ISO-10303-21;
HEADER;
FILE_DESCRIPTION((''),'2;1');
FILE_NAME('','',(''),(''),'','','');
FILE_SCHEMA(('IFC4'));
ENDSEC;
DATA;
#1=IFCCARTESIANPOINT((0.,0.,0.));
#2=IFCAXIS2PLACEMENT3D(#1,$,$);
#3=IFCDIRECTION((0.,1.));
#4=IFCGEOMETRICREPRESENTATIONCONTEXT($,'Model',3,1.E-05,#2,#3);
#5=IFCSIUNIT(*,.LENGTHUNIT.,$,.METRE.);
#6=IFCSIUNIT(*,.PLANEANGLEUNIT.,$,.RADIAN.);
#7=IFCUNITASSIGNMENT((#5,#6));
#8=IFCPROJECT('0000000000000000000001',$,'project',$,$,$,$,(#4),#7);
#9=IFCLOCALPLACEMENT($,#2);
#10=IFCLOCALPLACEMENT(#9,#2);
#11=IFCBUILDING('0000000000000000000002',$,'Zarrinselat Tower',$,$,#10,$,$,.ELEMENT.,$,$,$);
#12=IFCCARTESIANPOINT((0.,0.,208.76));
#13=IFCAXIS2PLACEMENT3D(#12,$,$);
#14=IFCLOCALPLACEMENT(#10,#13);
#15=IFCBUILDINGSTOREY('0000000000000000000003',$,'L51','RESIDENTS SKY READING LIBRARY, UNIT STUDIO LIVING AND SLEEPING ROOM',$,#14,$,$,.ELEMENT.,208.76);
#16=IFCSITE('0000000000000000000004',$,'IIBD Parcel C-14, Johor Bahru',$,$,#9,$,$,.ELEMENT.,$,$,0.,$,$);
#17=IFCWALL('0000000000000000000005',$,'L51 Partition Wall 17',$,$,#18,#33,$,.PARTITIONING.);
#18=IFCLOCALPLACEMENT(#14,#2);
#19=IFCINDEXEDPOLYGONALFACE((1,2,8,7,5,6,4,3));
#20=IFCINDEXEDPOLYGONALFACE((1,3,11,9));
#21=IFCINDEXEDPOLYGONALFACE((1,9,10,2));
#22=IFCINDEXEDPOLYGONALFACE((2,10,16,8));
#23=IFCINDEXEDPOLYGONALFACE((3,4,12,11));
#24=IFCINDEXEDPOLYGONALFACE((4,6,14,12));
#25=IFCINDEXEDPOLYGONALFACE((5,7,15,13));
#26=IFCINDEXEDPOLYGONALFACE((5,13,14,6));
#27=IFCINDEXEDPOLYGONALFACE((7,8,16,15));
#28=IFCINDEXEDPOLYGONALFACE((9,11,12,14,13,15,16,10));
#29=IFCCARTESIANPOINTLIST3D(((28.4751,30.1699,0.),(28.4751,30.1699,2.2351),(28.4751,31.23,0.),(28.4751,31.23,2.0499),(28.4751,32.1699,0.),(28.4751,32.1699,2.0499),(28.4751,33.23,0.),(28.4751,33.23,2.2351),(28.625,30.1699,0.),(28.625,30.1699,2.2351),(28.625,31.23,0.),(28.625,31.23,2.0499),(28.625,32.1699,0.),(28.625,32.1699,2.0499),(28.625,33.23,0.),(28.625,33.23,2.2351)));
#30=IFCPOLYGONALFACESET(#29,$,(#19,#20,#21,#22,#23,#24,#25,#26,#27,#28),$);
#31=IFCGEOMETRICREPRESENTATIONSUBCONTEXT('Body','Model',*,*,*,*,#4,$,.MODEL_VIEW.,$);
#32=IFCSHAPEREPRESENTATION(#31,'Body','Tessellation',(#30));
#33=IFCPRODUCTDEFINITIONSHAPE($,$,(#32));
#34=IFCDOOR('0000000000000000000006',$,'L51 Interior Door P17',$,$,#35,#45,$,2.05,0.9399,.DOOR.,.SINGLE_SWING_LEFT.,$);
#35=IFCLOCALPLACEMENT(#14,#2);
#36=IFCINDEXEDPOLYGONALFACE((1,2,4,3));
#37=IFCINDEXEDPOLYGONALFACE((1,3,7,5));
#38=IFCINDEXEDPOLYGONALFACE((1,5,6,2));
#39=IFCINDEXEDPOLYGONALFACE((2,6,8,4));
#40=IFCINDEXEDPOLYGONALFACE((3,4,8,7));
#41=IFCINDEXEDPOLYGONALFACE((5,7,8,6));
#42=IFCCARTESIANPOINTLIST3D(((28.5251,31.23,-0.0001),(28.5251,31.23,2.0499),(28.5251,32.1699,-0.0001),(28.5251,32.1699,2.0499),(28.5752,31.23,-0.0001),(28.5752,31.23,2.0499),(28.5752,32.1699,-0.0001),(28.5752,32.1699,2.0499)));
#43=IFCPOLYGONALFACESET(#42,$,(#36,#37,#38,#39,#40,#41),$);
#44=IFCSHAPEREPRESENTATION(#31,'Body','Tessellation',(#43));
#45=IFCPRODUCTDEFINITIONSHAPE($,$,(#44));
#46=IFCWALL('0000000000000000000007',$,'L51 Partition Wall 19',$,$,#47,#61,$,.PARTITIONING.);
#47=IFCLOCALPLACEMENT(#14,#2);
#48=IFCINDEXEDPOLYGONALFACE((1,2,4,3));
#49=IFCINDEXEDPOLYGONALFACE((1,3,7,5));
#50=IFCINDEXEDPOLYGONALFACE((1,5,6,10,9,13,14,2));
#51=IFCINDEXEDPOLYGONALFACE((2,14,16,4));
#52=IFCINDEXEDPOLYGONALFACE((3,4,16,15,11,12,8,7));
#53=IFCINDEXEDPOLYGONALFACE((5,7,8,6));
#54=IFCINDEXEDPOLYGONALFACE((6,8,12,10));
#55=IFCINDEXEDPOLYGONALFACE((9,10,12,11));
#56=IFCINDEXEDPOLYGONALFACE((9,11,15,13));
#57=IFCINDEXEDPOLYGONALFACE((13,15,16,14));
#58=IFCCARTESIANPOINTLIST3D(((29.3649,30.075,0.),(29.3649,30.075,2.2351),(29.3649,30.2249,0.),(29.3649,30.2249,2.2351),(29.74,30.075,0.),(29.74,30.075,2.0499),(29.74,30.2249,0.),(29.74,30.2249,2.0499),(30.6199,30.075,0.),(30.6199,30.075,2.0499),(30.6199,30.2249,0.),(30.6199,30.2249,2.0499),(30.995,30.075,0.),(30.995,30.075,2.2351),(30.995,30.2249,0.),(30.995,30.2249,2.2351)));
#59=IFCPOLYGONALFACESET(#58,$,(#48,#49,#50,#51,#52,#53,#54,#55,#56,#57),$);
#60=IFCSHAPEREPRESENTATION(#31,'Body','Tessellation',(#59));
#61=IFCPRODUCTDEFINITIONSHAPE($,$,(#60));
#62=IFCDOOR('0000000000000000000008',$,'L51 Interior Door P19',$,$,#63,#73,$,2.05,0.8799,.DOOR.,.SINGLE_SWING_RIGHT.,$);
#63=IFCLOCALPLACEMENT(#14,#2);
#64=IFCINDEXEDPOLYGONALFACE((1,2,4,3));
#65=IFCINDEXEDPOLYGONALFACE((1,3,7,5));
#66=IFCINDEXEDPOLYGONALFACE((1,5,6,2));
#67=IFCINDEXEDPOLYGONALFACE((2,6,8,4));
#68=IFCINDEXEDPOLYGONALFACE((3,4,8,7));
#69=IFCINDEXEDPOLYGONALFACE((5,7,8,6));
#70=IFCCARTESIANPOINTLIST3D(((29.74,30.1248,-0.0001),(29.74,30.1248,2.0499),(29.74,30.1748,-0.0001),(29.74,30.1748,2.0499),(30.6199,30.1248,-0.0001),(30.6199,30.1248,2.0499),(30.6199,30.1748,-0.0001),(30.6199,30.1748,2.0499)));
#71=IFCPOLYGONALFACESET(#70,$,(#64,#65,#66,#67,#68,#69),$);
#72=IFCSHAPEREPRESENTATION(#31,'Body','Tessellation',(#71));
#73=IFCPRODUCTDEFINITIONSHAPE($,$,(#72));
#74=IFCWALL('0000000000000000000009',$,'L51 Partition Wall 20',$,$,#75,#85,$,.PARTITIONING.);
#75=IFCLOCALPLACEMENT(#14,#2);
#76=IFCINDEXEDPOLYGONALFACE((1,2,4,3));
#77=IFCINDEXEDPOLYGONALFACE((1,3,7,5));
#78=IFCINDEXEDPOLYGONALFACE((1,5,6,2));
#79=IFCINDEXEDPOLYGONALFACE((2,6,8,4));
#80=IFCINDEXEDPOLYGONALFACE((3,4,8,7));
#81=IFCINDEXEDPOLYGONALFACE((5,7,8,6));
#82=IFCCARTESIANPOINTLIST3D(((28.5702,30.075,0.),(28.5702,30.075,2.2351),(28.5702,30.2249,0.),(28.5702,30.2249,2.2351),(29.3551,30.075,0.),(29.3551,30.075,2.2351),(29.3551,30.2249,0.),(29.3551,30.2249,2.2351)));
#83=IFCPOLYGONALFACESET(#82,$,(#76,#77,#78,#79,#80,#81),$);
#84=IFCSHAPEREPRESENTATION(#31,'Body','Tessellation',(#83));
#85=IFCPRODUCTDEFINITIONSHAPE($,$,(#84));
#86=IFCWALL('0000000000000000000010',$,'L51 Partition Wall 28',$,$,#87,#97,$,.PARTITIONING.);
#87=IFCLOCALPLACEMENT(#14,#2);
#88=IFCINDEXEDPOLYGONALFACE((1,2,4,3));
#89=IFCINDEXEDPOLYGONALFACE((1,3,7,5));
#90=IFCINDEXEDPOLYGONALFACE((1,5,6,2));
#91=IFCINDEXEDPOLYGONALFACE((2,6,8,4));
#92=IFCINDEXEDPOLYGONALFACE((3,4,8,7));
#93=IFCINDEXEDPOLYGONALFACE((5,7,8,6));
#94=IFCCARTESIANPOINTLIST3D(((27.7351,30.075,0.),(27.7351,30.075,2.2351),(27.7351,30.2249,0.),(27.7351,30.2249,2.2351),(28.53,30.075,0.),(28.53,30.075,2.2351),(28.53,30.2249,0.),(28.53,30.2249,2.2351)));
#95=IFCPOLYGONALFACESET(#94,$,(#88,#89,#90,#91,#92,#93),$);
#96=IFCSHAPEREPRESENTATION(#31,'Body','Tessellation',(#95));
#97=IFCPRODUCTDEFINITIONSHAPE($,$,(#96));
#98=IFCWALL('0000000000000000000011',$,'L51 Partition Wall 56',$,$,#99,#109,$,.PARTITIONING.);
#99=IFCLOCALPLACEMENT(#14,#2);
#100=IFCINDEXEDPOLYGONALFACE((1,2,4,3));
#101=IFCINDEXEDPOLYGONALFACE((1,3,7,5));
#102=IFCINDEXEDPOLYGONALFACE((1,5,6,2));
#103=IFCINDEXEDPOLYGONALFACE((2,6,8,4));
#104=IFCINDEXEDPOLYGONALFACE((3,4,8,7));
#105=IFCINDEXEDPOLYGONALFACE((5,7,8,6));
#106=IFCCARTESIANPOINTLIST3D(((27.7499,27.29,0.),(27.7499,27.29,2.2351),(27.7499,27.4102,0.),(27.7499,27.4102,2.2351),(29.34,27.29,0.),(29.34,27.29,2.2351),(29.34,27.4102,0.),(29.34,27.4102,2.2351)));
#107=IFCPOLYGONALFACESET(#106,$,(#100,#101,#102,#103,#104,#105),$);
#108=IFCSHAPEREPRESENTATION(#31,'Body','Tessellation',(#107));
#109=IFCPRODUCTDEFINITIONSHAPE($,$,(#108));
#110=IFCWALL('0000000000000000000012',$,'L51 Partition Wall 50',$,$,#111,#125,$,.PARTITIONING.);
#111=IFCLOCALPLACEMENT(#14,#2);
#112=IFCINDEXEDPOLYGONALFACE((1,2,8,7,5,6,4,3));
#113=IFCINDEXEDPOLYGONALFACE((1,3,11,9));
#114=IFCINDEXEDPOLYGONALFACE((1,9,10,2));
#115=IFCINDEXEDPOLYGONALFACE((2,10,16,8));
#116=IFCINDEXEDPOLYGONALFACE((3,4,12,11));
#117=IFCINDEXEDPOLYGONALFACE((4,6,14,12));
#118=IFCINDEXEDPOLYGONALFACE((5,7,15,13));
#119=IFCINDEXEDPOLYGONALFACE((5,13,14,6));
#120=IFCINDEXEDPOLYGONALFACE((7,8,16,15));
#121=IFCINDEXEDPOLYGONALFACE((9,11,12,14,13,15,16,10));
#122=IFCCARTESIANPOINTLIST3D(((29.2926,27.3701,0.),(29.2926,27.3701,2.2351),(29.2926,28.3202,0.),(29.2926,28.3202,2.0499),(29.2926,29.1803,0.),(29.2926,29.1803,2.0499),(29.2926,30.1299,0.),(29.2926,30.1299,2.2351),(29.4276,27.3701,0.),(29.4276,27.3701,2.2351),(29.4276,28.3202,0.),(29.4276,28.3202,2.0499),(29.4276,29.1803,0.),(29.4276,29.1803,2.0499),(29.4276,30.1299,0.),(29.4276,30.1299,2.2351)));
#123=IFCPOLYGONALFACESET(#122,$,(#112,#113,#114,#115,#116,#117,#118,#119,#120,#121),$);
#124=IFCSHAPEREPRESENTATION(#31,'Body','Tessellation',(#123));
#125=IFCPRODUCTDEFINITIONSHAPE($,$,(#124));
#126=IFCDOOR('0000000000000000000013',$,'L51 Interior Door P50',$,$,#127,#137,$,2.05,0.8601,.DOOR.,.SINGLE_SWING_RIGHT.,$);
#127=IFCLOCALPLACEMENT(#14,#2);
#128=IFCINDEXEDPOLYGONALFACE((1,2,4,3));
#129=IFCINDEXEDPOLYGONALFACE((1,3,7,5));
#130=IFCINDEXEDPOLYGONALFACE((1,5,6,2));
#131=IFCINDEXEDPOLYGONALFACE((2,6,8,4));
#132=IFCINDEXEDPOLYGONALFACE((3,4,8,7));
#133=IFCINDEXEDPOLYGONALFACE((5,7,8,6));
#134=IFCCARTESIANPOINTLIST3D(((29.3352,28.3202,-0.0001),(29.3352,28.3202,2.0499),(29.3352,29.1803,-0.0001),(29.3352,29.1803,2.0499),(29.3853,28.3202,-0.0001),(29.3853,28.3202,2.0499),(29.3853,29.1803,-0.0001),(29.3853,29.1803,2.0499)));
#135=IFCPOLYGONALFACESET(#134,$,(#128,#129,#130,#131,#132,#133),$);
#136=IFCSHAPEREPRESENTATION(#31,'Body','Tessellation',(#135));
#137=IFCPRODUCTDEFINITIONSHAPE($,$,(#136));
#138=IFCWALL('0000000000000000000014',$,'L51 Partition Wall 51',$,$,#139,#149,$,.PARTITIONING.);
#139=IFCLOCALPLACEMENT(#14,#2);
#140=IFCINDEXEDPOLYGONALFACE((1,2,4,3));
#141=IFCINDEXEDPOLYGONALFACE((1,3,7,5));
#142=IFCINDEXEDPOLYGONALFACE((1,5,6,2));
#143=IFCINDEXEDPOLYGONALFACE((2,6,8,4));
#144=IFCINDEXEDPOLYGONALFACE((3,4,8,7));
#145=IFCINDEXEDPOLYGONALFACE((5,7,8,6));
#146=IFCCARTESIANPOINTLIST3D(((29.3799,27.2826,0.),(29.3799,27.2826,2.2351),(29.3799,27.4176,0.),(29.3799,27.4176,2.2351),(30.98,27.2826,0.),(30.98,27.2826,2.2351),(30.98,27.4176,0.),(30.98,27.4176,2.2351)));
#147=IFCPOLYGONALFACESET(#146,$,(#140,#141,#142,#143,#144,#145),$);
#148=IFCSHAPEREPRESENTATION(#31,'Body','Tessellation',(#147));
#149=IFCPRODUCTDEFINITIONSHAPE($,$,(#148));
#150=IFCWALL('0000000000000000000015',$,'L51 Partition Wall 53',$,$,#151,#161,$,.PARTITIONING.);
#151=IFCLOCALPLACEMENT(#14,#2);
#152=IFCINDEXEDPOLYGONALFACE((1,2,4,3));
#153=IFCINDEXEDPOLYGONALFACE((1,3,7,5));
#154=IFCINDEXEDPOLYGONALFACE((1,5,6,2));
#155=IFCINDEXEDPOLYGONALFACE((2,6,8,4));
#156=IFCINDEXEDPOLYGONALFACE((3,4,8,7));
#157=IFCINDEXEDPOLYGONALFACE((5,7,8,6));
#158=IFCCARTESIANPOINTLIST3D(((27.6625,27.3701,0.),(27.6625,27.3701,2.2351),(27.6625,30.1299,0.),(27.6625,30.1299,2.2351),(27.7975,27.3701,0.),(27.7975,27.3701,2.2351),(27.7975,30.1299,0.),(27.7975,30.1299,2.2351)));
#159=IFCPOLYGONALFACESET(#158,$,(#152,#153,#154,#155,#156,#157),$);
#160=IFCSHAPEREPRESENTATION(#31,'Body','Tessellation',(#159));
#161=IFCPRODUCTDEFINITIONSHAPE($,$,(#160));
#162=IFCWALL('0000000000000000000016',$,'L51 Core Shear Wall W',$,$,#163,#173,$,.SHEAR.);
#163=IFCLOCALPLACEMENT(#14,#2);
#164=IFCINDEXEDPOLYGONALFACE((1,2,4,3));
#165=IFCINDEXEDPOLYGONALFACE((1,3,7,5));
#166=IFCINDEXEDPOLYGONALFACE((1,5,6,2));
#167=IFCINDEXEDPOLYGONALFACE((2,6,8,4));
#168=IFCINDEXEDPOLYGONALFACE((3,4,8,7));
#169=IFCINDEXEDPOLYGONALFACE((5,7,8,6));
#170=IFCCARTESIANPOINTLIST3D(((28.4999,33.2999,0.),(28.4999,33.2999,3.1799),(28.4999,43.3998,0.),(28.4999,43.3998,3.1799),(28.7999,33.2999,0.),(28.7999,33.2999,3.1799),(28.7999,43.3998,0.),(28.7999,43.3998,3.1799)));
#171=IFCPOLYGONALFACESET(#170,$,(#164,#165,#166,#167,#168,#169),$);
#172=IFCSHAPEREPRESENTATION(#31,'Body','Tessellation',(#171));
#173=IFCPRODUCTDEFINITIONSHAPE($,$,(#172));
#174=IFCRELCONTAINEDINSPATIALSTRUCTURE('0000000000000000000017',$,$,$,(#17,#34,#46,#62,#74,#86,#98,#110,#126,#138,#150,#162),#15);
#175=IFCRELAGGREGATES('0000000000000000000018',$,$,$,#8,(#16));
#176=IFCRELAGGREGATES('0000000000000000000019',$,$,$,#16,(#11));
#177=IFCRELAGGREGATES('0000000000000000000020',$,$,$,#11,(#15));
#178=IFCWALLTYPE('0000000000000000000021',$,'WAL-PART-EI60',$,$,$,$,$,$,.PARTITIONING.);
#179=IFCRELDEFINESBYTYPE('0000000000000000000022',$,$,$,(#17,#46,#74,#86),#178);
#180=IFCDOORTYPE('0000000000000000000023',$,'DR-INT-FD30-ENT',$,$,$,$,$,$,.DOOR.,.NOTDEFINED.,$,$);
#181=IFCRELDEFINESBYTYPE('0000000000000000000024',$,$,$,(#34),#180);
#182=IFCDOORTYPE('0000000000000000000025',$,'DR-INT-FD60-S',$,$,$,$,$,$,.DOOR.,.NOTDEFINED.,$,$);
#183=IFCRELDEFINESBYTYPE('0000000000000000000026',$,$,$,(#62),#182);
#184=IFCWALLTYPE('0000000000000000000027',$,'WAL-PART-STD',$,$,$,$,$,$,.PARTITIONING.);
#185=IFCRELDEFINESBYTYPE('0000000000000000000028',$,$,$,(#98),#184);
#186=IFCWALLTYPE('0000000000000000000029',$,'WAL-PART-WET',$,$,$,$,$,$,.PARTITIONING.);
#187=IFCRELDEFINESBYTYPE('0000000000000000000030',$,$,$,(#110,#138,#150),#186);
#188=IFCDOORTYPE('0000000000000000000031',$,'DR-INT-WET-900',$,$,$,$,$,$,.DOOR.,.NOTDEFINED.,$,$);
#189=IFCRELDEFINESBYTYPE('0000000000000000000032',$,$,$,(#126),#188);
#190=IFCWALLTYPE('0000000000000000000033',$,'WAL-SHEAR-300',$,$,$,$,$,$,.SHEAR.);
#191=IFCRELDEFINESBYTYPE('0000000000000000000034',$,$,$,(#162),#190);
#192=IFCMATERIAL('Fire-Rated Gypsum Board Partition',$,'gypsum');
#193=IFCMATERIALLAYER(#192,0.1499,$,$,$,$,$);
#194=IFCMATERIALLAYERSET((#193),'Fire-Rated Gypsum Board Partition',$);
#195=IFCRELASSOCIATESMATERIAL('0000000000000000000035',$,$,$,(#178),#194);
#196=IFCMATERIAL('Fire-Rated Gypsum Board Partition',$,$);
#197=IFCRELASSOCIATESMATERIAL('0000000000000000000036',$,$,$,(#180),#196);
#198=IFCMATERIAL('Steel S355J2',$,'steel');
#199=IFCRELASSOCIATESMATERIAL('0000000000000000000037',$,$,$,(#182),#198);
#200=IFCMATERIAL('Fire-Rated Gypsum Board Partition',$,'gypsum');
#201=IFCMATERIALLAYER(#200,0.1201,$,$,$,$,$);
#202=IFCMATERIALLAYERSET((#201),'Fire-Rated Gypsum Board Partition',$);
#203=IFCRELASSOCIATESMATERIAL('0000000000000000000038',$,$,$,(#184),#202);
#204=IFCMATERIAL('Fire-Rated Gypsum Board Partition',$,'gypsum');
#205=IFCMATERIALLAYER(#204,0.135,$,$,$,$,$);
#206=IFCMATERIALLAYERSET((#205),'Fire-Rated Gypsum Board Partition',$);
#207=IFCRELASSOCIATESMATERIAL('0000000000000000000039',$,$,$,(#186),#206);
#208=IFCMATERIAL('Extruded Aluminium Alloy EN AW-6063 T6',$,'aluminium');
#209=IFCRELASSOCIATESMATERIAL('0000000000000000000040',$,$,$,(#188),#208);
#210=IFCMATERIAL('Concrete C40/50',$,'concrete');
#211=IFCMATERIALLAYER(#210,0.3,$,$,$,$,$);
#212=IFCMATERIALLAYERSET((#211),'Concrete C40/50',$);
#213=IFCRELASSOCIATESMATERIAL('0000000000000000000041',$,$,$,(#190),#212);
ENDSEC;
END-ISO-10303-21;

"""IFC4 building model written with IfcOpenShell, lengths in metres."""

from ifc_helpers import new_model, si_unit, direction, frame, frame_2d, origin, place, context, subcontext, project, spatial, rectangle, extrude, material, layer, layer_set, type_object, element, fill, save


model = new_model("IFC4")

# Units and contexts
model_context = context("Model", 3, precision=1e-05, world=origin(), true_north=direction((0.0, 1.0)))
body_context = subcontext(model_context, "Body", "Model", "MODEL_VIEW")
ifc_project = project(units=[si_unit("LENGTHUNIT", "METRE"), si_unit("PLANEANGLEUNIT", "RADIAN")], contexts=[model_context])

# Site, building, storey
site_placement = place(None, origin())
site = spatial("IfcSite", under=ifc_project, at=site_placement, Name="IIBD Parcel C-14, Johor Bahru", CompositionType="ELEMENT", RefElevation=0.0)
building_placement = place(site_placement, origin())
building = spatial("IfcBuilding", under=site, at=building_placement, Name="Zarrinselat Tower", CompositionType="ELEMENT")
storey_placement = place(building_placement, frame((0.0, 0.0, 208.76)))
storey = spatial("IfcBuildingStorey", under=building, at=storey_placement, Name="L51", Description="RESIDENTS SKY READING LIBRARY, UNIT STUDIO LIVING AND SLEEPING ROOM", CompositionType="ELEMENT", Elevation=208.76)

# Walls, openings, doors
ifc_material_1 = material(Name="Fire-Rated Gypsum Board Partition", Category="gypsum")
ifc_layer_1 = layer(ifc_material_1, 0.1499)
ifc_layer_set_1 = layer_set([ifc_layer_1], Name="Fire-Rated Gypsum Board Partition")
wall_type_1 = type_object("IfcWallType", Name="WAL-PART-EI60", PredefinedType="PARTITIONING", material=ifc_layer_set_1)
wall_1_placement = place(storey_placement, frame((28.55, 30.1699, 0.0), z_axis=(0.0, 0.0, 1.0), x_axis=(0.0, 1.0, 0.0)))
wall_1 = element("IfcWall", 1, at=wall_1_placement, inside=storey, type_object=wall_type_1, Name="L51 Partition Wall 17", PredefinedType="PARTITIONING", context=body_context, shape_type="SweptSolid", body=[
    extrude(rectangle(XDim=3.0601, YDim=0.1499, at=frame_2d((1.53, 0.0))), origin(), (0.0, 0.0, 1.0), 2.2351),
])
opening_1_placement = place(wall_1_placement, frame((1.0601, 0.0, 0.0)))
opening_1 = element("IfcOpeningElement", 2, at=opening_1_placement, cuts=wall_1, PredefinedType="OPENING", context=body_context, shape_type="SweptSolid", body=[
    extrude(rectangle(XDim=0.9399, YDim=2.05, at=frame_2d((0.47, 1.0249))), frame((0.0, 0.085, 0.0), z_axis=(0.0, -1.0, 0.0), x_axis=(1.0, 0.0, 0.0)), (0.0, 0.0, 1.0), 0.1699),
])
ifc_material_2 = material(Name="Fire-Rated Gypsum Board Partition")
door_type_1 = type_object("IfcDoorType", Name="DR-INT-FD30-ENT", OperationType="NOTDEFINED", PredefinedType="DOOR", material=ifc_material_2)
door_1_placement = place(opening_1_placement, origin())
door_1 = element("IfcDoor", 3, at=door_1_placement, inside=storey, type_object=door_type_1, Name="L51 Interior Door P17", OperationType="SINGLE_SWING_LEFT", OverallHeight=2.05, OverallWidth=0.9399, PredefinedType="DOOR", context=body_context, shape_type="SweptSolid", body=[
    extrude(rectangle(XDim=0.9399, YDim=2.05, at=frame_2d((0.47, 1.0249))), frame((0.0, 0.0249, 0.0), z_axis=(0.0, -1.0, 0.0), x_axis=(1.0, 0.0, 0.0)), (0.0, 0.0, 1.0), 0.05),
])
fill(opening_1, door_1)
wall_2_placement = place(storey_placement, frame((29.365, 30.1499, 0.0), z_axis=(0.0, 0.0, 1.0), x_axis=(1.0, 0.0, 0.0)))
wall_2 = element("IfcWall", 4, at=wall_2_placement, inside=storey, type_object=wall_type_1, Name="L51 Partition Wall 19", PredefinedType="PARTITIONING", context=body_context, shape_type="SweptSolid", body=[
    extrude(rectangle(XDim=1.6301, YDim=0.1499, at=frame_2d((0.8149, 0.0))), origin(), (0.0, 0.0, 1.0), 2.2351),
])
opening_2_placement = place(wall_2_placement, frame((0.375, 0.0, 0.0)))
opening_2 = element("IfcOpeningElement", 5, at=opening_2_placement, cuts=wall_2, PredefinedType="OPENING", context=body_context, shape_type="SweptSolid", body=[
    extrude(rectangle(XDim=0.8799, YDim=2.05, at=frame_2d((0.4399, 1.0249))), frame((0.0, 0.085, 0.0), z_axis=(0.0, -1.0, 0.0), x_axis=(1.0, 0.0, 0.0)), (0.0, 0.0, 1.0), 0.1699),
])
ifc_material_3 = material(Name="Steel S355J2", Category="steel")
door_type_2 = type_object("IfcDoorType", Name="DR-INT-FD60-S", OperationType="NOTDEFINED", PredefinedType="DOOR", material=ifc_material_3)
door_2_placement = place(opening_2_placement, origin())
door_2 = element("IfcDoor", 6, at=door_2_placement, inside=storey, type_object=door_type_2, Name="L51 Interior Door P19", OperationType="SINGLE_SWING_RIGHT", OverallHeight=2.05, OverallWidth=0.8799, PredefinedType="DOOR", context=body_context, shape_type="SweptSolid", body=[
    extrude(rectangle(XDim=0.8799, YDim=2.05, at=frame_2d((0.4399, 1.0249))), frame((0.0, 0.0249, 0.0), z_axis=(0.0, -1.0, 0.0), x_axis=(1.0, 0.0, 0.0)), (0.0, 0.0, 1.0), 0.05),
])
fill(opening_2, door_2)

# Walls
wall_3_placement = place(storey_placement, frame((28.5701, 30.1499, 0.0), z_axis=(0.0, 0.0, 1.0), x_axis=(1.0, 0.0, 0.0)))
element("IfcWall", 7, at=wall_3_placement, inside=storey, type_object=wall_type_1, Name="L51 Partition Wall 20", PredefinedType="PARTITIONING", context=body_context, shape_type="SweptSolid", body=[
    extrude(rectangle(XDim=0.7849, YDim=0.1499, at=frame_2d((0.3926, 0.0))), origin(), (0.0, 0.0, 1.0), 2.2351),
])
wall_4_placement = place(storey_placement, frame((27.7351, 30.1499, 0.0), z_axis=(0.0, 0.0, 1.0), x_axis=(1.0, 0.0, 0.0)))
element("IfcWall", 8, at=wall_4_placement, inside=storey, type_object=wall_type_1, Name="L51 Partition Wall 28", PredefinedType="PARTITIONING", context=body_context, shape_type="SweptSolid", body=[
    extrude(rectangle(XDim=0.7949, YDim=0.1499, at=frame_2d((0.3975, 0.0))), origin(), (0.0, 0.0, 1.0), 2.2351),
])
ifc_material_4 = material(Name="Fire-Rated Gypsum Board Partition", Category="gypsum")
ifc_layer_2 = layer(ifc_material_4, 0.1201)
ifc_layer_set_2 = layer_set([ifc_layer_2], Name="Fire-Rated Gypsum Board Partition")
wall_type_2 = type_object("IfcWallType", Name="WAL-PART-STD", PredefinedType="PARTITIONING", material=ifc_layer_set_2)
wall_5_placement = place(storey_placement, frame((27.75, 27.3501, 0.0), z_axis=(0.0, 0.0, 1.0), x_axis=(1.0, 0.0, 0.0)))
element("IfcWall", 9, at=wall_5_placement, inside=storey, type_object=wall_type_2, Name="L51 Partition Wall 56", PredefinedType="PARTITIONING", context=body_context, shape_type="SweptSolid", body=[
    extrude(rectangle(XDim=1.5901, YDim=0.1201, at=frame_2d((0.7949, 0.0))), origin(), (0.0, 0.0, 1.0), 2.2351),
])

# Wall, opening, door
ifc_material_5 = material(Name="Fire-Rated Gypsum Board Partition", Category="gypsum")
ifc_layer_3 = layer(ifc_material_5, 0.135)
ifc_layer_set_3 = layer_set([ifc_layer_3], Name="Fire-Rated Gypsum Board Partition")
wall_type_3 = type_object("IfcWallType", Name="WAL-PART-WET", PredefinedType="PARTITIONING", material=ifc_layer_set_3)
wall_6_placement = place(storey_placement, frame((29.3601, 27.3701, 0.0), z_axis=(0.0, 0.0, 1.0), x_axis=(0.0, 1.0, 0.0)))
wall_6 = element("IfcWall", 10, at=wall_6_placement, inside=storey, type_object=wall_type_3, Name="L51 Partition Wall 50", PredefinedType="PARTITIONING", context=body_context, shape_type="SweptSolid", body=[
    extrude(rectangle(XDim=2.7598, YDim=0.135, at=frame_2d((1.3799, 0.0))), origin(), (0.0, 0.0, 1.0), 2.2351),
])
opening_3_placement = place(wall_6_placement, frame((0.95, 0.0, 0.0)))
opening_3 = element("IfcOpeningElement", 11, at=opening_3_placement, cuts=wall_6, PredefinedType="OPENING", context=body_context, shape_type="SweptSolid", body=[
    extrude(rectangle(XDim=0.8601, YDim=2.05, at=frame_2d((0.4302, 1.0249))), frame((0.0, 0.0774, 0.0), z_axis=(0.0, -1.0, 0.0), x_axis=(1.0, 0.0, 0.0)), (0.0, 0.0, 1.0), 0.155),
])
ifc_material_6 = material(Name="Extruded Aluminium Alloy EN AW-6063 T6", Category="aluminium")
door_type_3 = type_object("IfcDoorType", Name="DR-INT-WET-900", OperationType="NOTDEFINED", PredefinedType="DOOR", material=ifc_material_6)
door_3_placement = place(opening_3_placement, origin())
door_3 = element("IfcDoor", 12, at=door_3_placement, inside=storey, type_object=door_type_3, Name="L51 Interior Door P50", OperationType="SINGLE_SWING_RIGHT", OverallHeight=2.05, OverallWidth=0.8601, PredefinedType="DOOR", context=body_context, shape_type="SweptSolid", body=[
    extrude(rectangle(XDim=0.8601, YDim=2.05, at=frame_2d((0.4302, 1.0249))), frame((0.0, 0.0249, 0.0), z_axis=(0.0, -1.0, 0.0), x_axis=(1.0, 0.0, 0.0)), (0.0, 0.0, 1.0), 0.05),
])
fill(opening_3, door_3)

# Walls
wall_7_placement = place(storey_placement, frame((29.3799, 27.3501, 0.0), z_axis=(0.0, 0.0, 1.0), x_axis=(1.0, 0.0, 0.0)))
element("IfcWall", 13, at=wall_7_placement, inside=storey, type_object=wall_type_3, Name="L51 Partition Wall 51", PredefinedType="PARTITIONING", context=body_context, shape_type="SweptSolid", body=[
    extrude(rectangle(XDim=1.6001, YDim=0.135, at=frame_2d((0.8, 0.0))), origin(), (0.0, 0.0, 1.0), 2.2351),
])
wall_8_placement = place(storey_placement, frame((27.73, 27.3701, 0.0), z_axis=(0.0, 0.0, 1.0), x_axis=(0.0, 1.0, 0.0)))
element("IfcWall", 14, at=wall_8_placement, inside=storey, type_object=wall_type_3, Name="L51 Partition Wall 53", PredefinedType="PARTITIONING", context=body_context, shape_type="SweptSolid", body=[
    extrude(rectangle(XDim=2.7598, YDim=0.135, at=frame_2d((1.3799, 0.0))), origin(), (0.0, 0.0, 1.0), 2.2351),
])

# Shared definitions
ifc_material_7 = material(Name="Concrete C40/50", Category="concrete")
ifc_layer_4 = layer(ifc_material_7, 0.3)
ifc_layer_set_4 = layer_set([ifc_layer_4], Name="Concrete C40/50")
wall_type_4 = type_object("IfcWallType", Name="WAL-SHEAR-300", PredefinedType="SHEAR", material=ifc_layer_set_4)

# Wall
wall_9_placement = place(storey_placement, frame((28.6499, 33.3, 0.0), z_axis=(0.0, 0.0, 1.0), x_axis=(0.0, 1.0, 0.0)))
element("IfcWall", 15, at=wall_9_placement, inside=storey, type_object=wall_type_4, Name="L51 Core Shear Wall W", PredefinedType="SHEAR", context=body_context, shape_type="SweptSolid", body=[
    extrude(rectangle(XDim=10.0999, YDim=0.3, at=frame_2d((5.0498, 0.0))), origin(), (0.0, 0.0, 1.0), 3.1799),
])

save(model, "model.ifc")
